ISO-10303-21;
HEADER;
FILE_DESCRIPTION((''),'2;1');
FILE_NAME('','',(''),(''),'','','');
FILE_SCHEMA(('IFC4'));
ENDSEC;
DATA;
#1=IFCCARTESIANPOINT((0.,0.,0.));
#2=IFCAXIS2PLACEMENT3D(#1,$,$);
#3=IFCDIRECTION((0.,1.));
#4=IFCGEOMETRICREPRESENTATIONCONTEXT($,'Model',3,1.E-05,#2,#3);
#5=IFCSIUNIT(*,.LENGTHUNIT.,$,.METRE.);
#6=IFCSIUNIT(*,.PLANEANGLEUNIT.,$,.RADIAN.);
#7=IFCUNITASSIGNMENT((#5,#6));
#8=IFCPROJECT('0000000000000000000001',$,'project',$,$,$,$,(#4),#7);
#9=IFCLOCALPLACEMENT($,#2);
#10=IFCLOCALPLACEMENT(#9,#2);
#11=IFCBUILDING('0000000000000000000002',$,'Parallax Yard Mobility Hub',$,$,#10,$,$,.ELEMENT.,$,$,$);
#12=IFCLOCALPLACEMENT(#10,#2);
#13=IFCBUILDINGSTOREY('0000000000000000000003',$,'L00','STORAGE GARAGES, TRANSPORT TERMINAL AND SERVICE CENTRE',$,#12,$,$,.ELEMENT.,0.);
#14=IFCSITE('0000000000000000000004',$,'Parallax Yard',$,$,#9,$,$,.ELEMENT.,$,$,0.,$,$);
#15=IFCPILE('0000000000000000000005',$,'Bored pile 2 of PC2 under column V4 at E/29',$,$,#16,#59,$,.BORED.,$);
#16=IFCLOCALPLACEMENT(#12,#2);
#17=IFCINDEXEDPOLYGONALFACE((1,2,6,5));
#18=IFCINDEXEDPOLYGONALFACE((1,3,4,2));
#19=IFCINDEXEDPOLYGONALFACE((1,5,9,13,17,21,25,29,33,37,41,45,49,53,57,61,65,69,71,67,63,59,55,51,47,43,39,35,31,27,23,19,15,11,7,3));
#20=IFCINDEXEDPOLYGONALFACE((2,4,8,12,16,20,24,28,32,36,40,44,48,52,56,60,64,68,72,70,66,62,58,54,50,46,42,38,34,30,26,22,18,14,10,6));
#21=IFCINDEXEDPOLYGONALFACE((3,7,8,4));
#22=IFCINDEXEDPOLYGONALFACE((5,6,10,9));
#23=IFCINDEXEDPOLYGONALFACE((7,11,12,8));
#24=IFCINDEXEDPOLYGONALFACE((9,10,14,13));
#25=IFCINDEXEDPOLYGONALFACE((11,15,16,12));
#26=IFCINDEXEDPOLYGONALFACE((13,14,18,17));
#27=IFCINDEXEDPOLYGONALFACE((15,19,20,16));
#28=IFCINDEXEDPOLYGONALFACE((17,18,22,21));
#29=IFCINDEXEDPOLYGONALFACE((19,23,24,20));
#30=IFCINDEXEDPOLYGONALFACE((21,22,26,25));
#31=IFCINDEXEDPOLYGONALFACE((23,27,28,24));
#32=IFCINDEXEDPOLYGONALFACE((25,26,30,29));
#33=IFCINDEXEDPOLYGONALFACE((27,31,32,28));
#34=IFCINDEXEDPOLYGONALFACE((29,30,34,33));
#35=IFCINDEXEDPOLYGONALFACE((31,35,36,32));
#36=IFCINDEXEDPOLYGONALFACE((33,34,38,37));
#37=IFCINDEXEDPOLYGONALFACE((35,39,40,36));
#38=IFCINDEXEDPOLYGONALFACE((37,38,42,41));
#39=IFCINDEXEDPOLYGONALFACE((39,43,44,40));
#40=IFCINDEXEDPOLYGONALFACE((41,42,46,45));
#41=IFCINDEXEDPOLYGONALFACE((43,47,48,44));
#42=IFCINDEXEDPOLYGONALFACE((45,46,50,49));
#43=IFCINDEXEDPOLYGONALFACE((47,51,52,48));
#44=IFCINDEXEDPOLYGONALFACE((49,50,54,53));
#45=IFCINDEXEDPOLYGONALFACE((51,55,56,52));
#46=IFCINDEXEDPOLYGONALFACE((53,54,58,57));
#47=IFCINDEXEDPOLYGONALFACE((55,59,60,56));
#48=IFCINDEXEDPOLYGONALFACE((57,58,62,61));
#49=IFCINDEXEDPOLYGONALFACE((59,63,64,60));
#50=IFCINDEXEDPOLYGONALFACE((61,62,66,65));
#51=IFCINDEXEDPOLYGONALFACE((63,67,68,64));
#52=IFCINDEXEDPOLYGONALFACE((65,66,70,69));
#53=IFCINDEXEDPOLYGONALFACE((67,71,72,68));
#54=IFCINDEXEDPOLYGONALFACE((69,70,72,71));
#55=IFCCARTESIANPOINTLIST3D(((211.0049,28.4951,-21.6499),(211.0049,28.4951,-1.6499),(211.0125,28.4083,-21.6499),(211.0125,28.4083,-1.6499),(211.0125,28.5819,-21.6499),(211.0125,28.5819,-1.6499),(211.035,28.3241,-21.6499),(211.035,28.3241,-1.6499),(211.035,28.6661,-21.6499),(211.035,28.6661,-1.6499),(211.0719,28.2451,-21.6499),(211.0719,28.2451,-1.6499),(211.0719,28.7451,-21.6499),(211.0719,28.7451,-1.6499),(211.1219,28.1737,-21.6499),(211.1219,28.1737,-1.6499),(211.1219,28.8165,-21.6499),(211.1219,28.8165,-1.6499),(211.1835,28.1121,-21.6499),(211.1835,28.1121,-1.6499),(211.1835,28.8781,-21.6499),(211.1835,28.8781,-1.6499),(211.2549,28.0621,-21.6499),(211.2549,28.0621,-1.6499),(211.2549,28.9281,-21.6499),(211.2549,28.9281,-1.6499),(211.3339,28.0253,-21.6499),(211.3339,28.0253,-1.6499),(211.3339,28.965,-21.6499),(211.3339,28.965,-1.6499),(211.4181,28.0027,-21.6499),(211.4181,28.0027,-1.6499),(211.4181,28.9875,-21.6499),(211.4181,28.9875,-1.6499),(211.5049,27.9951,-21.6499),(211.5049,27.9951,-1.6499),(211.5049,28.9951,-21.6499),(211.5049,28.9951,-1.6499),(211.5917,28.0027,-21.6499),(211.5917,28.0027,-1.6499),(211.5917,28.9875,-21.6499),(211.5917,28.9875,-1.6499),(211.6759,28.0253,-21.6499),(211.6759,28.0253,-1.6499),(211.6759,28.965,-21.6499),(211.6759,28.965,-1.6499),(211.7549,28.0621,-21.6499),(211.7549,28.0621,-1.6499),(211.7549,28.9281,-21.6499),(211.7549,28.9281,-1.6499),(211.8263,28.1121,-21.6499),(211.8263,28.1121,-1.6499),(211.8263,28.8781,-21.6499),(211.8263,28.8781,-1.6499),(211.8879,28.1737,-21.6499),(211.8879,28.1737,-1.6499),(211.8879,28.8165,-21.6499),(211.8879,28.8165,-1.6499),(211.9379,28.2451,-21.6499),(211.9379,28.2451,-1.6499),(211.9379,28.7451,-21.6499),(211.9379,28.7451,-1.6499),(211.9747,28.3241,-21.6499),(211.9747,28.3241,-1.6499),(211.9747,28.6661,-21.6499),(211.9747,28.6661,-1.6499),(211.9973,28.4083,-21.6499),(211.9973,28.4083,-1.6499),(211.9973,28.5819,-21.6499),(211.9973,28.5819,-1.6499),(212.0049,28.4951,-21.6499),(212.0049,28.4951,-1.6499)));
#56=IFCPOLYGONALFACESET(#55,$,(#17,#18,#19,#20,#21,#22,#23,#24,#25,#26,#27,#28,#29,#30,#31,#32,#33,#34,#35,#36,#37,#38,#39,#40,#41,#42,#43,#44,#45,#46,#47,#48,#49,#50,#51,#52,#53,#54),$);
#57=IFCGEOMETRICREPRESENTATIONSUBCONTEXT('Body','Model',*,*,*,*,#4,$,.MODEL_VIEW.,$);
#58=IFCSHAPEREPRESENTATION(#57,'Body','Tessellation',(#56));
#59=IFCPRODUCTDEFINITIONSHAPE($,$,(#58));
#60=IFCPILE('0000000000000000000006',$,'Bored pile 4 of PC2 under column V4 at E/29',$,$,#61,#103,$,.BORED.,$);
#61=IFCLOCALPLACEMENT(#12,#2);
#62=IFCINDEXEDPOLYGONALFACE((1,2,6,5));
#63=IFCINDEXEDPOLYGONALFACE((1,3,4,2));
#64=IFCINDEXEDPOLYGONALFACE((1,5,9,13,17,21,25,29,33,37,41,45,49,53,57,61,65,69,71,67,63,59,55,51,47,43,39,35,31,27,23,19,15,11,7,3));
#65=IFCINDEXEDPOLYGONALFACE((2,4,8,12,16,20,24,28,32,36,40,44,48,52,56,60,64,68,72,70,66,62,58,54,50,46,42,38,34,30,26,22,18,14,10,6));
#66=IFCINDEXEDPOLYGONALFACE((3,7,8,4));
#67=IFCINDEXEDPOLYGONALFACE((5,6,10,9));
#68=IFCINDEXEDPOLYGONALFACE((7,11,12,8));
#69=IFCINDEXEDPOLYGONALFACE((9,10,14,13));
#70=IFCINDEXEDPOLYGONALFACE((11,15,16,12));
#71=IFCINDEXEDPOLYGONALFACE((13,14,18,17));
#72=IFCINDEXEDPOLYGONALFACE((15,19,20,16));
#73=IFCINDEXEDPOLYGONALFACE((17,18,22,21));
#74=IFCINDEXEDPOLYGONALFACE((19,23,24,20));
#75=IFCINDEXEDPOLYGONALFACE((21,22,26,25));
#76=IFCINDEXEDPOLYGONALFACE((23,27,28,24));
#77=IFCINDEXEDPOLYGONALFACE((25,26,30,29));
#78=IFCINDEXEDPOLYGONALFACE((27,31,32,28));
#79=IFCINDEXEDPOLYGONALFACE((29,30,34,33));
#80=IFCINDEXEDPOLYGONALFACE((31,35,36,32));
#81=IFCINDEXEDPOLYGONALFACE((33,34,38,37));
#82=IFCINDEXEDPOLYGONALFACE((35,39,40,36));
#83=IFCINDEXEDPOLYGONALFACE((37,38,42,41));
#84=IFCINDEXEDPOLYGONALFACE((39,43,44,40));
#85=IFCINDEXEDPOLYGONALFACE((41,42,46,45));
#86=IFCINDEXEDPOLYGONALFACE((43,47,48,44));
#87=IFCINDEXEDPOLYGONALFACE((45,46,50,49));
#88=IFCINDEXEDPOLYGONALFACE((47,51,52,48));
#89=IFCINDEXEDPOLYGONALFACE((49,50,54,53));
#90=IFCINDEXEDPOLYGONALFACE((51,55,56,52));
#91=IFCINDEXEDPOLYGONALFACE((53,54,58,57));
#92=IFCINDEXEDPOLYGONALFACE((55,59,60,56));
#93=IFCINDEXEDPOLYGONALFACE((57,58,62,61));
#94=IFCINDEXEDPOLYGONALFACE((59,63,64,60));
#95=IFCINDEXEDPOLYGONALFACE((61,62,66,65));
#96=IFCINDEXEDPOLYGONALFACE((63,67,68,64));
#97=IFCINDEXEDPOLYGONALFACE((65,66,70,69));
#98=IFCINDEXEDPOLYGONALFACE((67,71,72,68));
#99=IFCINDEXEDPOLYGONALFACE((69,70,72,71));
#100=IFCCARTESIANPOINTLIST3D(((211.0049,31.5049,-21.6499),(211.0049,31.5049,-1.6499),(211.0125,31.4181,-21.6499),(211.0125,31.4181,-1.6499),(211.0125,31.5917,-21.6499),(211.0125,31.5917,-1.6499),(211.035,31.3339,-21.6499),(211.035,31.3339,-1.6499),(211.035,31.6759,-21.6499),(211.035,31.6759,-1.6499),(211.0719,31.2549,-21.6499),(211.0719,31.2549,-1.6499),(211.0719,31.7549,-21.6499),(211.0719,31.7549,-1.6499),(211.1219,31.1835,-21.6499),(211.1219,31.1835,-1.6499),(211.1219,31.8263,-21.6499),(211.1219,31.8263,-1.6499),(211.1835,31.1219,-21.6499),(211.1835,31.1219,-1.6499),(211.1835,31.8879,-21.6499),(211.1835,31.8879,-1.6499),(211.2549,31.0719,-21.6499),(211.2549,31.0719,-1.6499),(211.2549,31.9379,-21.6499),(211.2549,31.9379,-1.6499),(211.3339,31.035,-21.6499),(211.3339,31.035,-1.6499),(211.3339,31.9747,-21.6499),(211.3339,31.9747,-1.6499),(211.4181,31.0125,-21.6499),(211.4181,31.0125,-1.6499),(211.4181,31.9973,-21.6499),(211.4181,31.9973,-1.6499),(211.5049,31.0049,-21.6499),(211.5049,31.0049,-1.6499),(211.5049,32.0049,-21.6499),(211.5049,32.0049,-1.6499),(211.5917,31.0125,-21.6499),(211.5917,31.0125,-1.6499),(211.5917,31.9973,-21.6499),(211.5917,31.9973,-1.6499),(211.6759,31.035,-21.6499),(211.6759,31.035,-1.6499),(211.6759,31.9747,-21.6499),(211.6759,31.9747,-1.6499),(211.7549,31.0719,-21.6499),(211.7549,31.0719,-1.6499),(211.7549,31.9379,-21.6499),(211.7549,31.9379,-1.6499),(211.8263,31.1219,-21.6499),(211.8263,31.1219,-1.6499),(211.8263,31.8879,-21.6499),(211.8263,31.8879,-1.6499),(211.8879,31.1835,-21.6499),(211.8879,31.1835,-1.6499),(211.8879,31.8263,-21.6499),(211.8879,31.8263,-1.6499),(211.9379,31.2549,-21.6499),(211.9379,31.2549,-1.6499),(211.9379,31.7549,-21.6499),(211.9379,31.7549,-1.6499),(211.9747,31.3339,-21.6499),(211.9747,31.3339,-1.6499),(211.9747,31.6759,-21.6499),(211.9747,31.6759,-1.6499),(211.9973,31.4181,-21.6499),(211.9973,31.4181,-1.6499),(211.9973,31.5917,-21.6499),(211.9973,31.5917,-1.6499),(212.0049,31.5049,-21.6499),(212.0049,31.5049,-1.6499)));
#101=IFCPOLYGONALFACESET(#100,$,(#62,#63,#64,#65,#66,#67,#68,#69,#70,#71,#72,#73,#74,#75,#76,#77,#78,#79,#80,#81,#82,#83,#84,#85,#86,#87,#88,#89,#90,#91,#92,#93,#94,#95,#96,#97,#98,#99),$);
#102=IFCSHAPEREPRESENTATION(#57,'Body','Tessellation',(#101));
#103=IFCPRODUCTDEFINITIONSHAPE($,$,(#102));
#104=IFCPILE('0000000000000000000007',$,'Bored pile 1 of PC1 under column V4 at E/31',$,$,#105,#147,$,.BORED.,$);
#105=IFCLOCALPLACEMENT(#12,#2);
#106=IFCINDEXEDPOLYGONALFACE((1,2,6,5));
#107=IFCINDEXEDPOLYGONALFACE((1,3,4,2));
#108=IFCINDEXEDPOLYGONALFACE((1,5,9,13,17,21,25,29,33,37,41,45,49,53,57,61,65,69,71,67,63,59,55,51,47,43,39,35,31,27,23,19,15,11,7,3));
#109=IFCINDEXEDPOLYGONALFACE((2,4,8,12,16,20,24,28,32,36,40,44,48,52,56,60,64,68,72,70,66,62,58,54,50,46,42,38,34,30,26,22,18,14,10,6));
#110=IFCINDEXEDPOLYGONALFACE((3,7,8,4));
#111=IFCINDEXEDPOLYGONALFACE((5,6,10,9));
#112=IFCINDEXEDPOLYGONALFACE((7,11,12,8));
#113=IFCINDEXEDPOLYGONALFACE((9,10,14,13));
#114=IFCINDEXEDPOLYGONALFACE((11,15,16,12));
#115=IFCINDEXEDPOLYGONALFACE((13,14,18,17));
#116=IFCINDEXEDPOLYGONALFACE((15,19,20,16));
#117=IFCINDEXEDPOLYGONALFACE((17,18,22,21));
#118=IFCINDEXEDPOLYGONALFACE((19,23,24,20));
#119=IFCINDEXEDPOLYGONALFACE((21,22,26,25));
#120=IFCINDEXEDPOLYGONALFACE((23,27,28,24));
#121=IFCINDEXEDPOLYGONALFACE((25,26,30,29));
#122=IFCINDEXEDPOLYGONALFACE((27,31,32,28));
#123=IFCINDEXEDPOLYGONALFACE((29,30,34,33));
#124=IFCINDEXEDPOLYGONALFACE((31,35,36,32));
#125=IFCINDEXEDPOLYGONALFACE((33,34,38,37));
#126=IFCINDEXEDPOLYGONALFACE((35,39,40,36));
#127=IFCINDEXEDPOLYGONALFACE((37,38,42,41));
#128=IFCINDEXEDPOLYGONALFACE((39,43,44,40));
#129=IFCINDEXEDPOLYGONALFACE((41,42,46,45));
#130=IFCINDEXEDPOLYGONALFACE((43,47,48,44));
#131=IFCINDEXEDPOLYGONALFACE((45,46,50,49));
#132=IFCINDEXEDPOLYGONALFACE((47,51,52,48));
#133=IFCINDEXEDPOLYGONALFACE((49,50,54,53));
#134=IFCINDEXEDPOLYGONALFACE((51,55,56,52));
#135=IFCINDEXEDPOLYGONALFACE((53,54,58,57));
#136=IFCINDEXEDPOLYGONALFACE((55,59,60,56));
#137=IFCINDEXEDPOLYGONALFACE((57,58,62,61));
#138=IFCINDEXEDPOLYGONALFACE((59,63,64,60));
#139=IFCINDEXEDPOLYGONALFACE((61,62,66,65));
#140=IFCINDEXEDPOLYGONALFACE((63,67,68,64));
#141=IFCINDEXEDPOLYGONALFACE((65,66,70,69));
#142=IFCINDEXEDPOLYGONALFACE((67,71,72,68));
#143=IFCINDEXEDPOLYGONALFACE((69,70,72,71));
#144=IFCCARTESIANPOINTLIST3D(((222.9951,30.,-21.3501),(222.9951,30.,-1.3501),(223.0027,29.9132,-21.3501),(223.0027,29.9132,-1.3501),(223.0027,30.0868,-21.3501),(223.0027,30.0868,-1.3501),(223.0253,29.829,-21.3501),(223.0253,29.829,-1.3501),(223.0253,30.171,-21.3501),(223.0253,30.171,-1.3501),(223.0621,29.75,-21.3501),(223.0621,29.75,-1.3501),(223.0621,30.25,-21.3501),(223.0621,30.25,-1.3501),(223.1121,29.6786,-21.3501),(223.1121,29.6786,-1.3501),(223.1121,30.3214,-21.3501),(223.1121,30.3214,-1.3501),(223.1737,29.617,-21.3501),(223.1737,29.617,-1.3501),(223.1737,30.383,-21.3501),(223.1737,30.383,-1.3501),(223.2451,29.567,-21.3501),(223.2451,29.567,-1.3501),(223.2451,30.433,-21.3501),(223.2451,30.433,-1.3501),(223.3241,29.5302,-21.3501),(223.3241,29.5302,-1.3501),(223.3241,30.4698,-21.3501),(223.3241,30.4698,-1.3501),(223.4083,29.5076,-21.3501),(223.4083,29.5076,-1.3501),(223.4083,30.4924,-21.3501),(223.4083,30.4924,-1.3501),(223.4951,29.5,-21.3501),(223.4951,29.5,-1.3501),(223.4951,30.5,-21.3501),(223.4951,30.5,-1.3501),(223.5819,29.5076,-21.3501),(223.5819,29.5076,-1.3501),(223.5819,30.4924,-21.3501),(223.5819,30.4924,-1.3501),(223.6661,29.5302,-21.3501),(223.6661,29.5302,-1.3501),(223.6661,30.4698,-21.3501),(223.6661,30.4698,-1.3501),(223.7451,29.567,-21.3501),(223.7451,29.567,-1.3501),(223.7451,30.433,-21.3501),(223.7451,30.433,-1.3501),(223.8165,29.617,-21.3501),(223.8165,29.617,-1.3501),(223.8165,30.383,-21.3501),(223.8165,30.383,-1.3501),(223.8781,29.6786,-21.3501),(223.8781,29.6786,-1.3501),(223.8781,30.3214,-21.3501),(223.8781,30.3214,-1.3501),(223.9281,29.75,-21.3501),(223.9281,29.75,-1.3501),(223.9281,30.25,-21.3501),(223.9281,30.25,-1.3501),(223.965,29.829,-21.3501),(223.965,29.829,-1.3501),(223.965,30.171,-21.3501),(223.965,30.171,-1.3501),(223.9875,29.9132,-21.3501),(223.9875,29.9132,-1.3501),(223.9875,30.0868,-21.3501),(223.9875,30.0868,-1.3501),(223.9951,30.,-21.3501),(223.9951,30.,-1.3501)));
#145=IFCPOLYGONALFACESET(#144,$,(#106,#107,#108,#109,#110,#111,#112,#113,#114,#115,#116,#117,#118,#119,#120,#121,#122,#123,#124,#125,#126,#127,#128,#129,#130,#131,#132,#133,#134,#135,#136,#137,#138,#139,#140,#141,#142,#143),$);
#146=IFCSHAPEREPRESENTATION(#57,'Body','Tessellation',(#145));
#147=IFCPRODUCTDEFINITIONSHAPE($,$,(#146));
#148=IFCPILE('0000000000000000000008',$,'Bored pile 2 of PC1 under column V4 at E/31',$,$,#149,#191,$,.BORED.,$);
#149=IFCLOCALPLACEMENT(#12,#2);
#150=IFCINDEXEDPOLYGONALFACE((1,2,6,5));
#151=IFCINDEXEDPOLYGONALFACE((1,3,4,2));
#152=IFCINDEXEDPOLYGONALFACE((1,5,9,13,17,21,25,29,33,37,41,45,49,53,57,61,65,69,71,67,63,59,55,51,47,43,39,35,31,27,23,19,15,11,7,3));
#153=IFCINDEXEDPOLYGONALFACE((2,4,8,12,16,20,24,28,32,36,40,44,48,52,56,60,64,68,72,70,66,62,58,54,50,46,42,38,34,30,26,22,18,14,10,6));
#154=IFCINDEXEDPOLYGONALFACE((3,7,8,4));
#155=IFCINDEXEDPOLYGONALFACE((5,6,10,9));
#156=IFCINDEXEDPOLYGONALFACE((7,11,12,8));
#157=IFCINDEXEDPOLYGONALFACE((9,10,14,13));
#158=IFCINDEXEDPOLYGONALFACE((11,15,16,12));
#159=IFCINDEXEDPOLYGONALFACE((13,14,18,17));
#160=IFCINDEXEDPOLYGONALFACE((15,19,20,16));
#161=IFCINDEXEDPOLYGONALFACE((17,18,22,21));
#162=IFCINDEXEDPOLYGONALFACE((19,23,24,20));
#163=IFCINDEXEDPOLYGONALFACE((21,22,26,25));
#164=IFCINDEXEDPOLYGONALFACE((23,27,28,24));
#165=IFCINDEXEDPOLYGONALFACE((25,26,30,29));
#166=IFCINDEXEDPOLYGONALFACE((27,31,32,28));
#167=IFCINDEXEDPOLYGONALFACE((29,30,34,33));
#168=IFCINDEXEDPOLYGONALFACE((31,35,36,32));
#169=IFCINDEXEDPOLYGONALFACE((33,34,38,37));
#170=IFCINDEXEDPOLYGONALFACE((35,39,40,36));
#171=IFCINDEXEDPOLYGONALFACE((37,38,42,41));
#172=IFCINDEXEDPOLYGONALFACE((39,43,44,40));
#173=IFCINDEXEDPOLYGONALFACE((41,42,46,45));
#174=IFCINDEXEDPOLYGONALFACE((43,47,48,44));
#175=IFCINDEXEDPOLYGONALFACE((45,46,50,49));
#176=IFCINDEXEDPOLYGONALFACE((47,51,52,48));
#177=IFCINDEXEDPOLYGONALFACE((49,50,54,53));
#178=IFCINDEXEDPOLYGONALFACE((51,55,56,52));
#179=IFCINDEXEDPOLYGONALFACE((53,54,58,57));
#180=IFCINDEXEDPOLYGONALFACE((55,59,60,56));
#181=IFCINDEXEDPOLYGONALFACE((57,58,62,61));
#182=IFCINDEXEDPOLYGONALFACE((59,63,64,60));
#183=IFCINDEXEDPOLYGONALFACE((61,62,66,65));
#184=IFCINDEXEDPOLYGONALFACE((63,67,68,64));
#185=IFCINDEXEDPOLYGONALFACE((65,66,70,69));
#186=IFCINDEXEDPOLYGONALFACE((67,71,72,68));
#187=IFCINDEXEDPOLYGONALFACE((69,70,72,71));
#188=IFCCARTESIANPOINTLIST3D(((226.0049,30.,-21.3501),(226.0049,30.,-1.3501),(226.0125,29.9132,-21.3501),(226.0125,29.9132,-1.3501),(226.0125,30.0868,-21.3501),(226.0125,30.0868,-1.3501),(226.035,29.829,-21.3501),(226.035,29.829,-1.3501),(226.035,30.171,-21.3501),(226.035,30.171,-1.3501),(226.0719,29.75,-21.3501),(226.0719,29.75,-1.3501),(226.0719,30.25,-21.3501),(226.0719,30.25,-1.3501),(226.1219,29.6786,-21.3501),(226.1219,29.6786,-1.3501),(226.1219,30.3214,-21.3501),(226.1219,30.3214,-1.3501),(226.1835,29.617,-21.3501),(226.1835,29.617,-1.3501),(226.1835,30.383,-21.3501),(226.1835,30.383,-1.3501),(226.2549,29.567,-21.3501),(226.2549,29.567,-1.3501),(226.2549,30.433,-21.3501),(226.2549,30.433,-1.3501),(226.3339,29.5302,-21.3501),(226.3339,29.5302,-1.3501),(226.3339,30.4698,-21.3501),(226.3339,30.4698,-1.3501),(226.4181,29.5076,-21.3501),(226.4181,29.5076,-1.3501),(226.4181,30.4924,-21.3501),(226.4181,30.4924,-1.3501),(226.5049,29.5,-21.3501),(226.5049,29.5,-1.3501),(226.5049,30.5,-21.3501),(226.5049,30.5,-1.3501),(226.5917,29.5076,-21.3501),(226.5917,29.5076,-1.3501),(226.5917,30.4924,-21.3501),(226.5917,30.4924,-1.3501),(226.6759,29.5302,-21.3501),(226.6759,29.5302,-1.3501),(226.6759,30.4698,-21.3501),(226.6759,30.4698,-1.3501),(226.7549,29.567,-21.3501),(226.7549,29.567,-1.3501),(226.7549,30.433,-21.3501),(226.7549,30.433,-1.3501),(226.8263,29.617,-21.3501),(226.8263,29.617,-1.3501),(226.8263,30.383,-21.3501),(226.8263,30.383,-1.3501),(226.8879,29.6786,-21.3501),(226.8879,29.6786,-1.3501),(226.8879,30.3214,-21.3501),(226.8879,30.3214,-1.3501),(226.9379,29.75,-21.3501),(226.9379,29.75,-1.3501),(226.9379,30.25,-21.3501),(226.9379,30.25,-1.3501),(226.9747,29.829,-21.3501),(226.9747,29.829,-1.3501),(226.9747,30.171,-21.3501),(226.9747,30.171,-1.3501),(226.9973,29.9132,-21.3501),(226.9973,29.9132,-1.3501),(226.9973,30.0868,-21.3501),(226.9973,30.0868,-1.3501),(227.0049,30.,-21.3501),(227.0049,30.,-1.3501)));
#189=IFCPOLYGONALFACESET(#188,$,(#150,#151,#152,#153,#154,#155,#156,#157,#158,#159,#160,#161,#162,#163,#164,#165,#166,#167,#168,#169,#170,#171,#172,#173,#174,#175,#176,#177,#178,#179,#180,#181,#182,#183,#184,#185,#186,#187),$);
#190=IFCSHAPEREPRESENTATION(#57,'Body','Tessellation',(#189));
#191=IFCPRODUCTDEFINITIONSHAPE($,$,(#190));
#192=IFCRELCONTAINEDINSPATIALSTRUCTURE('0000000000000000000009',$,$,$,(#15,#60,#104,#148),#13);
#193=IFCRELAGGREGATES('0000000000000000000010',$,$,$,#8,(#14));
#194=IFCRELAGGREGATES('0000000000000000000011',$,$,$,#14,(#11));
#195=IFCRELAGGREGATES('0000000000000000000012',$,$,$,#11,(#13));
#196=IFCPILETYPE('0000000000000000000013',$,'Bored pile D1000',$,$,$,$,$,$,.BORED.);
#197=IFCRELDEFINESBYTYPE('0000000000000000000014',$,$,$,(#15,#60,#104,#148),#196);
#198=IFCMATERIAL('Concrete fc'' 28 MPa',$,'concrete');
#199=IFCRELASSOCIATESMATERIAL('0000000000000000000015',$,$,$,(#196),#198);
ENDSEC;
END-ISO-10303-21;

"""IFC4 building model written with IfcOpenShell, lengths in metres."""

from ifc_helpers import new_model, si_unit, direction, frame, origin, origin_2d, place, context, subcontext, project, spatial, circle, extrude, material, material_profile, profile_set, type_object, element, save


model = new_model("IFC4")

# Units and contexts
model_context = context("Model", 3, precision=1e-05, world=origin(), true_north=direction((0.0, 1.0)))
body_context = subcontext(model_context, "Body", "Model", "MODEL_VIEW")
ifc_project = project(units=[si_unit("LENGTHUNIT", "METRE"), si_unit("PLANEANGLEUNIT", "RADIAN")], contexts=[model_context])

# Site, building, storey
site_placement = place(None, origin())
site = spatial("IfcSite", under=ifc_project, at=site_placement, Name="Parallax Yard", CompositionType="ELEMENT", RefElevation=0.0)
building_placement = place(site_placement, origin())
building = spatial("IfcBuilding", under=site, at=building_placement, Name="Parallax Yard Mobility Hub", CompositionType="ELEMENT")
storey_placement = place(building_placement, origin())
storey = spatial("IfcBuildingStorey", under=building, at=storey_placement, Name="L00", Description="STORAGE GARAGES, TRANSPORT TERMINAL AND SERVICE CENTRE", CompositionType="ELEMENT", Elevation=0.0)

# Piles
ifc_material_1 = material(Name="Concrete fc' 28 MPa", Category="concrete")
ifc_material_profile_1 = material_profile(ifc_material_1, circle(Radius=0.5, at=origin_2d()), Name="Bored pile D1000")
ifc_profile_set_1 = profile_set([ifc_material_profile_1], Name="Concrete fc' 28 MPa")
pile_type = type_object("IfcPileType", Name="Bored pile D1000", PredefinedType="BORED", material=ifc_profile_set_1)
for number, where, z_axis, x_axis, name in (
    (1, (211.5049, 28.4951, -1.6499), (0.0, 0.0, -1.0), (1.0, 0.0, 0.0), "Bored pile 2 of PC2 under column V4 at E/29"),
    (2, (211.5049, 31.5049, -1.6499), (0.0, 0.0, -1.0), (1.0, 0.0, 0.0), "Bored pile 4 of PC2 under column V4 at E/29"),
    (3, (223.4951, 30.0, -1.3501), (0.0, 0.0, -1.0), (1.0, 0.0, 0.0), "Bored pile 1 of PC1 under column V4 at E/31"),
    (4, (226.5049, 30.0, -1.3501), (0.0, 0.0, -1.0), (1.0, 0.0, 0.0), "Bored pile 2 of PC1 under column V4 at E/31"),
):
    element("IfcPile", number, at=place(storey_placement, frame(where, z_axis=z_axis, x_axis=x_axis)), inside=storey, type_object=pile_type, Name=name, PredefinedType="BORED", context=body_context, shape_type="SweptSolid", body=[
        extrude(circle(Radius=0.5, at=origin_2d()), origin(), (0.0, 0.0, 1.0), 20.0),
    ])

save(model, "model.ifc")
